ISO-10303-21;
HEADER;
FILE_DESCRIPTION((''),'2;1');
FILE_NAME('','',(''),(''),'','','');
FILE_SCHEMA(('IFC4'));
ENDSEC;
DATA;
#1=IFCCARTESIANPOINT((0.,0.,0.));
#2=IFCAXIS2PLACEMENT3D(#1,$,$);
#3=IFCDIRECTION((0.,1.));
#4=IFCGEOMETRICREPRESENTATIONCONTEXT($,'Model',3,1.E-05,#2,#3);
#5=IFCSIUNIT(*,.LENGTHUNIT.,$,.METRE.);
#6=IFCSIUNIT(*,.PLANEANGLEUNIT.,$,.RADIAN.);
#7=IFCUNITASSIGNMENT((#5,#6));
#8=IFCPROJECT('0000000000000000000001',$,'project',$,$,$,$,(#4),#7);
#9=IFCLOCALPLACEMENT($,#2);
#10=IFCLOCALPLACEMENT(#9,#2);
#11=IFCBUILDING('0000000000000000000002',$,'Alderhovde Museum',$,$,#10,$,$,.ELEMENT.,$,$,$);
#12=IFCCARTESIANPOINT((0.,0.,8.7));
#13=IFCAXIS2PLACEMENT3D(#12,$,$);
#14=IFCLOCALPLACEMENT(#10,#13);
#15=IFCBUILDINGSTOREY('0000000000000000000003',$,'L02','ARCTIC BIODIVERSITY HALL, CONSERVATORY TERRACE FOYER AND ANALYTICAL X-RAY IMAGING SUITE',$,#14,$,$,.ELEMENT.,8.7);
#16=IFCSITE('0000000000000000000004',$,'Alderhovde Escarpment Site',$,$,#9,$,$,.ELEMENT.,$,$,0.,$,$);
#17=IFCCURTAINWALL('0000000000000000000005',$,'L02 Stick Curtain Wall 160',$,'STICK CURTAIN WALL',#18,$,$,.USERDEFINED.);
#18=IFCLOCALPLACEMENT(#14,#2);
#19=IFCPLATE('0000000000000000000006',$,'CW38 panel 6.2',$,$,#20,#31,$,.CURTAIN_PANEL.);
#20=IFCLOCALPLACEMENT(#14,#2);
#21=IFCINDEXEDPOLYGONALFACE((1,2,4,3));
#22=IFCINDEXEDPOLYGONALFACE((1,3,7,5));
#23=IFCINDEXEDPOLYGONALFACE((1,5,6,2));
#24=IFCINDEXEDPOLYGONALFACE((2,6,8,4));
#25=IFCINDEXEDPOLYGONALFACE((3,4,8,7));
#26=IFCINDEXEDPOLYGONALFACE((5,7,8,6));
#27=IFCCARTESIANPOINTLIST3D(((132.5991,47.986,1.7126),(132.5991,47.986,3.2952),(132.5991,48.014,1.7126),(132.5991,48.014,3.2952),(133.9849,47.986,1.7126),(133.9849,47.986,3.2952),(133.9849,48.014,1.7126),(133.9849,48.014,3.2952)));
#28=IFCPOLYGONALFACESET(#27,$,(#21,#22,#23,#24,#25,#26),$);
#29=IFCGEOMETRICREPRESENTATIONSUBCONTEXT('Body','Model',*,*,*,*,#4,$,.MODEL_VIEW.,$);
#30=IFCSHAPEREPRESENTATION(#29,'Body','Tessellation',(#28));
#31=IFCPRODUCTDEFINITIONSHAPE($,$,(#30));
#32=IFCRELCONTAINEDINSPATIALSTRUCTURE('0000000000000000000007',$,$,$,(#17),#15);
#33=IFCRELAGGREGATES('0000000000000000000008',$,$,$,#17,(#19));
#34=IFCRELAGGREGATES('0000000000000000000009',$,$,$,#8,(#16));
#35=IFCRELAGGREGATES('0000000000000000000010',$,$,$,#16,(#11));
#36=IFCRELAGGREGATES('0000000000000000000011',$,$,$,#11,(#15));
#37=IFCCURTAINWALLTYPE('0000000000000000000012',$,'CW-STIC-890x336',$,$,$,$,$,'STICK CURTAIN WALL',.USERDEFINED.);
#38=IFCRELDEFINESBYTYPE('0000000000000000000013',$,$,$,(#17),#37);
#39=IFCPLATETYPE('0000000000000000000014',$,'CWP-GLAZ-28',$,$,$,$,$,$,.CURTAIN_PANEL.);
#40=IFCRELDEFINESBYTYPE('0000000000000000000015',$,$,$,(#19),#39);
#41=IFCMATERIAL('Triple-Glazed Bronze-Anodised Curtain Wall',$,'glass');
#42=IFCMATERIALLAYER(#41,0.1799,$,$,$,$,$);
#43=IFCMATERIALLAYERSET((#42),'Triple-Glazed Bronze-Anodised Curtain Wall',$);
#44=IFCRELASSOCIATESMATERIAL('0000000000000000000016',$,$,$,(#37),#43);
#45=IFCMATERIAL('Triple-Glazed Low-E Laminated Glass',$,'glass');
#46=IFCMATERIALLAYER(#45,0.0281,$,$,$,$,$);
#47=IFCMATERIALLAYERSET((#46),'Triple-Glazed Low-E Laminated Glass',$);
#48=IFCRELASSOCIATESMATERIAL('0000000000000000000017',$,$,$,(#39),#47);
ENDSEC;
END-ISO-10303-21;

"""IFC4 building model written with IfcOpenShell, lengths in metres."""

from ifc_helpers import new_model, si_unit, direction, frame, origin, origin_2d, place, context, subcontext, project, spatial, rectangle, extrude, material, layer, layer_set, type_object, element, aggregate, save


model = new_model("IFC4")

# Units and contexts
model_context = context("Model", 3, precision=1e-05, world=origin(), true_north=direction((0.0, 1.0)))
body_context = subcontext(model_context, "Body", "Model", "MODEL_VIEW")
ifc_project = project(units=[si_unit("LENGTHUNIT", "METRE"), si_unit("PLANEANGLEUNIT", "RADIAN")], contexts=[model_context])

# Site, building, storey
site_placement = place(None, origin())
site = spatial("IfcSite", under=ifc_project, at=site_placement, Name="Alderhovde Escarpment Site", CompositionType="ELEMENT", RefElevation=0.0)
building_placement = place(site_placement, origin())
building = spatial("IfcBuilding", under=site, at=building_placement, Name="Alderhovde Museum", CompositionType="ELEMENT")
storey_placement = place(building_placement, frame((0.0, 0.0, 8.7)))
storey = spatial("IfcBuildingStorey", under=building, at=storey_placement, Name="L02", Description="ARCTIC BIODIVERSITY HALL, CONSERVATORY TERRACE FOYER AND ANALYTICAL X-RAY IMAGING SUITE", CompositionType="ELEMENT", Elevation=8.7)

# Curtain wall, plate
ifc_material_1 = material(Name="Triple-Glazed Bronze-Anodised Curtain Wall", Category="glass")
ifc_layer_1 = layer(ifc_material_1, 0.1799)
ifc_layer_set_1 = layer_set([ifc_layer_1], Name="Triple-Glazed Bronze-Anodised Curtain Wall")
curtain_wall_type = type_object("IfcCurtainWallType", Name="CW-STIC-890x336", ElementType="STICK CURTAIN WALL", PredefinedType="USERDEFINED", material=ifc_layer_set_1)
curtain_wall_placement = place(storey_placement, origin())
curtain_wall = element("IfcCurtainWall", 1, at=curtain_wall_placement, inside=storey, type_object=curtain_wall_type, Name="L02 Stick Curtain Wall 160", ObjectType="STICK CURTAIN WALL", PredefinedType="USERDEFINED")
ifc_material_2 = material(Name="Triple-Glazed Low-E Laminated Glass", Category="glass")
ifc_layer_2 = layer(ifc_material_2, 0.0281)
ifc_layer_set_2 = layer_set([ifc_layer_2], Name="Triple-Glazed Low-E Laminated Glass")
plate_type = type_object("IfcPlateType", Name="CWP-GLAZ-28", PredefinedType="CURTAIN_PANEL", material=ifc_layer_set_2)
plate_1_placement = place(storey_placement, frame((133.292, 48.0, 1.7126), z_axis=(0.0, 0.0, 1.0), x_axis=(1.0, 0.0, 0.0)))
plate_1 = element("IfcPlate", 2, at=plate_1_placement, type_object=plate_type, Name="CW38 panel 6.2", PredefinedType="CURTAIN_PANEL", context=body_context, shape_type="SweptSolid", body=[
    extrude(rectangle(XDim=1.3857, YDim=0.0281, at=origin_2d()), origin(), (0.0, 0.0, 1.0), 1.5825),
])
aggregate(curtain_wall, [plate_1])

save(model, "model.ifc")
